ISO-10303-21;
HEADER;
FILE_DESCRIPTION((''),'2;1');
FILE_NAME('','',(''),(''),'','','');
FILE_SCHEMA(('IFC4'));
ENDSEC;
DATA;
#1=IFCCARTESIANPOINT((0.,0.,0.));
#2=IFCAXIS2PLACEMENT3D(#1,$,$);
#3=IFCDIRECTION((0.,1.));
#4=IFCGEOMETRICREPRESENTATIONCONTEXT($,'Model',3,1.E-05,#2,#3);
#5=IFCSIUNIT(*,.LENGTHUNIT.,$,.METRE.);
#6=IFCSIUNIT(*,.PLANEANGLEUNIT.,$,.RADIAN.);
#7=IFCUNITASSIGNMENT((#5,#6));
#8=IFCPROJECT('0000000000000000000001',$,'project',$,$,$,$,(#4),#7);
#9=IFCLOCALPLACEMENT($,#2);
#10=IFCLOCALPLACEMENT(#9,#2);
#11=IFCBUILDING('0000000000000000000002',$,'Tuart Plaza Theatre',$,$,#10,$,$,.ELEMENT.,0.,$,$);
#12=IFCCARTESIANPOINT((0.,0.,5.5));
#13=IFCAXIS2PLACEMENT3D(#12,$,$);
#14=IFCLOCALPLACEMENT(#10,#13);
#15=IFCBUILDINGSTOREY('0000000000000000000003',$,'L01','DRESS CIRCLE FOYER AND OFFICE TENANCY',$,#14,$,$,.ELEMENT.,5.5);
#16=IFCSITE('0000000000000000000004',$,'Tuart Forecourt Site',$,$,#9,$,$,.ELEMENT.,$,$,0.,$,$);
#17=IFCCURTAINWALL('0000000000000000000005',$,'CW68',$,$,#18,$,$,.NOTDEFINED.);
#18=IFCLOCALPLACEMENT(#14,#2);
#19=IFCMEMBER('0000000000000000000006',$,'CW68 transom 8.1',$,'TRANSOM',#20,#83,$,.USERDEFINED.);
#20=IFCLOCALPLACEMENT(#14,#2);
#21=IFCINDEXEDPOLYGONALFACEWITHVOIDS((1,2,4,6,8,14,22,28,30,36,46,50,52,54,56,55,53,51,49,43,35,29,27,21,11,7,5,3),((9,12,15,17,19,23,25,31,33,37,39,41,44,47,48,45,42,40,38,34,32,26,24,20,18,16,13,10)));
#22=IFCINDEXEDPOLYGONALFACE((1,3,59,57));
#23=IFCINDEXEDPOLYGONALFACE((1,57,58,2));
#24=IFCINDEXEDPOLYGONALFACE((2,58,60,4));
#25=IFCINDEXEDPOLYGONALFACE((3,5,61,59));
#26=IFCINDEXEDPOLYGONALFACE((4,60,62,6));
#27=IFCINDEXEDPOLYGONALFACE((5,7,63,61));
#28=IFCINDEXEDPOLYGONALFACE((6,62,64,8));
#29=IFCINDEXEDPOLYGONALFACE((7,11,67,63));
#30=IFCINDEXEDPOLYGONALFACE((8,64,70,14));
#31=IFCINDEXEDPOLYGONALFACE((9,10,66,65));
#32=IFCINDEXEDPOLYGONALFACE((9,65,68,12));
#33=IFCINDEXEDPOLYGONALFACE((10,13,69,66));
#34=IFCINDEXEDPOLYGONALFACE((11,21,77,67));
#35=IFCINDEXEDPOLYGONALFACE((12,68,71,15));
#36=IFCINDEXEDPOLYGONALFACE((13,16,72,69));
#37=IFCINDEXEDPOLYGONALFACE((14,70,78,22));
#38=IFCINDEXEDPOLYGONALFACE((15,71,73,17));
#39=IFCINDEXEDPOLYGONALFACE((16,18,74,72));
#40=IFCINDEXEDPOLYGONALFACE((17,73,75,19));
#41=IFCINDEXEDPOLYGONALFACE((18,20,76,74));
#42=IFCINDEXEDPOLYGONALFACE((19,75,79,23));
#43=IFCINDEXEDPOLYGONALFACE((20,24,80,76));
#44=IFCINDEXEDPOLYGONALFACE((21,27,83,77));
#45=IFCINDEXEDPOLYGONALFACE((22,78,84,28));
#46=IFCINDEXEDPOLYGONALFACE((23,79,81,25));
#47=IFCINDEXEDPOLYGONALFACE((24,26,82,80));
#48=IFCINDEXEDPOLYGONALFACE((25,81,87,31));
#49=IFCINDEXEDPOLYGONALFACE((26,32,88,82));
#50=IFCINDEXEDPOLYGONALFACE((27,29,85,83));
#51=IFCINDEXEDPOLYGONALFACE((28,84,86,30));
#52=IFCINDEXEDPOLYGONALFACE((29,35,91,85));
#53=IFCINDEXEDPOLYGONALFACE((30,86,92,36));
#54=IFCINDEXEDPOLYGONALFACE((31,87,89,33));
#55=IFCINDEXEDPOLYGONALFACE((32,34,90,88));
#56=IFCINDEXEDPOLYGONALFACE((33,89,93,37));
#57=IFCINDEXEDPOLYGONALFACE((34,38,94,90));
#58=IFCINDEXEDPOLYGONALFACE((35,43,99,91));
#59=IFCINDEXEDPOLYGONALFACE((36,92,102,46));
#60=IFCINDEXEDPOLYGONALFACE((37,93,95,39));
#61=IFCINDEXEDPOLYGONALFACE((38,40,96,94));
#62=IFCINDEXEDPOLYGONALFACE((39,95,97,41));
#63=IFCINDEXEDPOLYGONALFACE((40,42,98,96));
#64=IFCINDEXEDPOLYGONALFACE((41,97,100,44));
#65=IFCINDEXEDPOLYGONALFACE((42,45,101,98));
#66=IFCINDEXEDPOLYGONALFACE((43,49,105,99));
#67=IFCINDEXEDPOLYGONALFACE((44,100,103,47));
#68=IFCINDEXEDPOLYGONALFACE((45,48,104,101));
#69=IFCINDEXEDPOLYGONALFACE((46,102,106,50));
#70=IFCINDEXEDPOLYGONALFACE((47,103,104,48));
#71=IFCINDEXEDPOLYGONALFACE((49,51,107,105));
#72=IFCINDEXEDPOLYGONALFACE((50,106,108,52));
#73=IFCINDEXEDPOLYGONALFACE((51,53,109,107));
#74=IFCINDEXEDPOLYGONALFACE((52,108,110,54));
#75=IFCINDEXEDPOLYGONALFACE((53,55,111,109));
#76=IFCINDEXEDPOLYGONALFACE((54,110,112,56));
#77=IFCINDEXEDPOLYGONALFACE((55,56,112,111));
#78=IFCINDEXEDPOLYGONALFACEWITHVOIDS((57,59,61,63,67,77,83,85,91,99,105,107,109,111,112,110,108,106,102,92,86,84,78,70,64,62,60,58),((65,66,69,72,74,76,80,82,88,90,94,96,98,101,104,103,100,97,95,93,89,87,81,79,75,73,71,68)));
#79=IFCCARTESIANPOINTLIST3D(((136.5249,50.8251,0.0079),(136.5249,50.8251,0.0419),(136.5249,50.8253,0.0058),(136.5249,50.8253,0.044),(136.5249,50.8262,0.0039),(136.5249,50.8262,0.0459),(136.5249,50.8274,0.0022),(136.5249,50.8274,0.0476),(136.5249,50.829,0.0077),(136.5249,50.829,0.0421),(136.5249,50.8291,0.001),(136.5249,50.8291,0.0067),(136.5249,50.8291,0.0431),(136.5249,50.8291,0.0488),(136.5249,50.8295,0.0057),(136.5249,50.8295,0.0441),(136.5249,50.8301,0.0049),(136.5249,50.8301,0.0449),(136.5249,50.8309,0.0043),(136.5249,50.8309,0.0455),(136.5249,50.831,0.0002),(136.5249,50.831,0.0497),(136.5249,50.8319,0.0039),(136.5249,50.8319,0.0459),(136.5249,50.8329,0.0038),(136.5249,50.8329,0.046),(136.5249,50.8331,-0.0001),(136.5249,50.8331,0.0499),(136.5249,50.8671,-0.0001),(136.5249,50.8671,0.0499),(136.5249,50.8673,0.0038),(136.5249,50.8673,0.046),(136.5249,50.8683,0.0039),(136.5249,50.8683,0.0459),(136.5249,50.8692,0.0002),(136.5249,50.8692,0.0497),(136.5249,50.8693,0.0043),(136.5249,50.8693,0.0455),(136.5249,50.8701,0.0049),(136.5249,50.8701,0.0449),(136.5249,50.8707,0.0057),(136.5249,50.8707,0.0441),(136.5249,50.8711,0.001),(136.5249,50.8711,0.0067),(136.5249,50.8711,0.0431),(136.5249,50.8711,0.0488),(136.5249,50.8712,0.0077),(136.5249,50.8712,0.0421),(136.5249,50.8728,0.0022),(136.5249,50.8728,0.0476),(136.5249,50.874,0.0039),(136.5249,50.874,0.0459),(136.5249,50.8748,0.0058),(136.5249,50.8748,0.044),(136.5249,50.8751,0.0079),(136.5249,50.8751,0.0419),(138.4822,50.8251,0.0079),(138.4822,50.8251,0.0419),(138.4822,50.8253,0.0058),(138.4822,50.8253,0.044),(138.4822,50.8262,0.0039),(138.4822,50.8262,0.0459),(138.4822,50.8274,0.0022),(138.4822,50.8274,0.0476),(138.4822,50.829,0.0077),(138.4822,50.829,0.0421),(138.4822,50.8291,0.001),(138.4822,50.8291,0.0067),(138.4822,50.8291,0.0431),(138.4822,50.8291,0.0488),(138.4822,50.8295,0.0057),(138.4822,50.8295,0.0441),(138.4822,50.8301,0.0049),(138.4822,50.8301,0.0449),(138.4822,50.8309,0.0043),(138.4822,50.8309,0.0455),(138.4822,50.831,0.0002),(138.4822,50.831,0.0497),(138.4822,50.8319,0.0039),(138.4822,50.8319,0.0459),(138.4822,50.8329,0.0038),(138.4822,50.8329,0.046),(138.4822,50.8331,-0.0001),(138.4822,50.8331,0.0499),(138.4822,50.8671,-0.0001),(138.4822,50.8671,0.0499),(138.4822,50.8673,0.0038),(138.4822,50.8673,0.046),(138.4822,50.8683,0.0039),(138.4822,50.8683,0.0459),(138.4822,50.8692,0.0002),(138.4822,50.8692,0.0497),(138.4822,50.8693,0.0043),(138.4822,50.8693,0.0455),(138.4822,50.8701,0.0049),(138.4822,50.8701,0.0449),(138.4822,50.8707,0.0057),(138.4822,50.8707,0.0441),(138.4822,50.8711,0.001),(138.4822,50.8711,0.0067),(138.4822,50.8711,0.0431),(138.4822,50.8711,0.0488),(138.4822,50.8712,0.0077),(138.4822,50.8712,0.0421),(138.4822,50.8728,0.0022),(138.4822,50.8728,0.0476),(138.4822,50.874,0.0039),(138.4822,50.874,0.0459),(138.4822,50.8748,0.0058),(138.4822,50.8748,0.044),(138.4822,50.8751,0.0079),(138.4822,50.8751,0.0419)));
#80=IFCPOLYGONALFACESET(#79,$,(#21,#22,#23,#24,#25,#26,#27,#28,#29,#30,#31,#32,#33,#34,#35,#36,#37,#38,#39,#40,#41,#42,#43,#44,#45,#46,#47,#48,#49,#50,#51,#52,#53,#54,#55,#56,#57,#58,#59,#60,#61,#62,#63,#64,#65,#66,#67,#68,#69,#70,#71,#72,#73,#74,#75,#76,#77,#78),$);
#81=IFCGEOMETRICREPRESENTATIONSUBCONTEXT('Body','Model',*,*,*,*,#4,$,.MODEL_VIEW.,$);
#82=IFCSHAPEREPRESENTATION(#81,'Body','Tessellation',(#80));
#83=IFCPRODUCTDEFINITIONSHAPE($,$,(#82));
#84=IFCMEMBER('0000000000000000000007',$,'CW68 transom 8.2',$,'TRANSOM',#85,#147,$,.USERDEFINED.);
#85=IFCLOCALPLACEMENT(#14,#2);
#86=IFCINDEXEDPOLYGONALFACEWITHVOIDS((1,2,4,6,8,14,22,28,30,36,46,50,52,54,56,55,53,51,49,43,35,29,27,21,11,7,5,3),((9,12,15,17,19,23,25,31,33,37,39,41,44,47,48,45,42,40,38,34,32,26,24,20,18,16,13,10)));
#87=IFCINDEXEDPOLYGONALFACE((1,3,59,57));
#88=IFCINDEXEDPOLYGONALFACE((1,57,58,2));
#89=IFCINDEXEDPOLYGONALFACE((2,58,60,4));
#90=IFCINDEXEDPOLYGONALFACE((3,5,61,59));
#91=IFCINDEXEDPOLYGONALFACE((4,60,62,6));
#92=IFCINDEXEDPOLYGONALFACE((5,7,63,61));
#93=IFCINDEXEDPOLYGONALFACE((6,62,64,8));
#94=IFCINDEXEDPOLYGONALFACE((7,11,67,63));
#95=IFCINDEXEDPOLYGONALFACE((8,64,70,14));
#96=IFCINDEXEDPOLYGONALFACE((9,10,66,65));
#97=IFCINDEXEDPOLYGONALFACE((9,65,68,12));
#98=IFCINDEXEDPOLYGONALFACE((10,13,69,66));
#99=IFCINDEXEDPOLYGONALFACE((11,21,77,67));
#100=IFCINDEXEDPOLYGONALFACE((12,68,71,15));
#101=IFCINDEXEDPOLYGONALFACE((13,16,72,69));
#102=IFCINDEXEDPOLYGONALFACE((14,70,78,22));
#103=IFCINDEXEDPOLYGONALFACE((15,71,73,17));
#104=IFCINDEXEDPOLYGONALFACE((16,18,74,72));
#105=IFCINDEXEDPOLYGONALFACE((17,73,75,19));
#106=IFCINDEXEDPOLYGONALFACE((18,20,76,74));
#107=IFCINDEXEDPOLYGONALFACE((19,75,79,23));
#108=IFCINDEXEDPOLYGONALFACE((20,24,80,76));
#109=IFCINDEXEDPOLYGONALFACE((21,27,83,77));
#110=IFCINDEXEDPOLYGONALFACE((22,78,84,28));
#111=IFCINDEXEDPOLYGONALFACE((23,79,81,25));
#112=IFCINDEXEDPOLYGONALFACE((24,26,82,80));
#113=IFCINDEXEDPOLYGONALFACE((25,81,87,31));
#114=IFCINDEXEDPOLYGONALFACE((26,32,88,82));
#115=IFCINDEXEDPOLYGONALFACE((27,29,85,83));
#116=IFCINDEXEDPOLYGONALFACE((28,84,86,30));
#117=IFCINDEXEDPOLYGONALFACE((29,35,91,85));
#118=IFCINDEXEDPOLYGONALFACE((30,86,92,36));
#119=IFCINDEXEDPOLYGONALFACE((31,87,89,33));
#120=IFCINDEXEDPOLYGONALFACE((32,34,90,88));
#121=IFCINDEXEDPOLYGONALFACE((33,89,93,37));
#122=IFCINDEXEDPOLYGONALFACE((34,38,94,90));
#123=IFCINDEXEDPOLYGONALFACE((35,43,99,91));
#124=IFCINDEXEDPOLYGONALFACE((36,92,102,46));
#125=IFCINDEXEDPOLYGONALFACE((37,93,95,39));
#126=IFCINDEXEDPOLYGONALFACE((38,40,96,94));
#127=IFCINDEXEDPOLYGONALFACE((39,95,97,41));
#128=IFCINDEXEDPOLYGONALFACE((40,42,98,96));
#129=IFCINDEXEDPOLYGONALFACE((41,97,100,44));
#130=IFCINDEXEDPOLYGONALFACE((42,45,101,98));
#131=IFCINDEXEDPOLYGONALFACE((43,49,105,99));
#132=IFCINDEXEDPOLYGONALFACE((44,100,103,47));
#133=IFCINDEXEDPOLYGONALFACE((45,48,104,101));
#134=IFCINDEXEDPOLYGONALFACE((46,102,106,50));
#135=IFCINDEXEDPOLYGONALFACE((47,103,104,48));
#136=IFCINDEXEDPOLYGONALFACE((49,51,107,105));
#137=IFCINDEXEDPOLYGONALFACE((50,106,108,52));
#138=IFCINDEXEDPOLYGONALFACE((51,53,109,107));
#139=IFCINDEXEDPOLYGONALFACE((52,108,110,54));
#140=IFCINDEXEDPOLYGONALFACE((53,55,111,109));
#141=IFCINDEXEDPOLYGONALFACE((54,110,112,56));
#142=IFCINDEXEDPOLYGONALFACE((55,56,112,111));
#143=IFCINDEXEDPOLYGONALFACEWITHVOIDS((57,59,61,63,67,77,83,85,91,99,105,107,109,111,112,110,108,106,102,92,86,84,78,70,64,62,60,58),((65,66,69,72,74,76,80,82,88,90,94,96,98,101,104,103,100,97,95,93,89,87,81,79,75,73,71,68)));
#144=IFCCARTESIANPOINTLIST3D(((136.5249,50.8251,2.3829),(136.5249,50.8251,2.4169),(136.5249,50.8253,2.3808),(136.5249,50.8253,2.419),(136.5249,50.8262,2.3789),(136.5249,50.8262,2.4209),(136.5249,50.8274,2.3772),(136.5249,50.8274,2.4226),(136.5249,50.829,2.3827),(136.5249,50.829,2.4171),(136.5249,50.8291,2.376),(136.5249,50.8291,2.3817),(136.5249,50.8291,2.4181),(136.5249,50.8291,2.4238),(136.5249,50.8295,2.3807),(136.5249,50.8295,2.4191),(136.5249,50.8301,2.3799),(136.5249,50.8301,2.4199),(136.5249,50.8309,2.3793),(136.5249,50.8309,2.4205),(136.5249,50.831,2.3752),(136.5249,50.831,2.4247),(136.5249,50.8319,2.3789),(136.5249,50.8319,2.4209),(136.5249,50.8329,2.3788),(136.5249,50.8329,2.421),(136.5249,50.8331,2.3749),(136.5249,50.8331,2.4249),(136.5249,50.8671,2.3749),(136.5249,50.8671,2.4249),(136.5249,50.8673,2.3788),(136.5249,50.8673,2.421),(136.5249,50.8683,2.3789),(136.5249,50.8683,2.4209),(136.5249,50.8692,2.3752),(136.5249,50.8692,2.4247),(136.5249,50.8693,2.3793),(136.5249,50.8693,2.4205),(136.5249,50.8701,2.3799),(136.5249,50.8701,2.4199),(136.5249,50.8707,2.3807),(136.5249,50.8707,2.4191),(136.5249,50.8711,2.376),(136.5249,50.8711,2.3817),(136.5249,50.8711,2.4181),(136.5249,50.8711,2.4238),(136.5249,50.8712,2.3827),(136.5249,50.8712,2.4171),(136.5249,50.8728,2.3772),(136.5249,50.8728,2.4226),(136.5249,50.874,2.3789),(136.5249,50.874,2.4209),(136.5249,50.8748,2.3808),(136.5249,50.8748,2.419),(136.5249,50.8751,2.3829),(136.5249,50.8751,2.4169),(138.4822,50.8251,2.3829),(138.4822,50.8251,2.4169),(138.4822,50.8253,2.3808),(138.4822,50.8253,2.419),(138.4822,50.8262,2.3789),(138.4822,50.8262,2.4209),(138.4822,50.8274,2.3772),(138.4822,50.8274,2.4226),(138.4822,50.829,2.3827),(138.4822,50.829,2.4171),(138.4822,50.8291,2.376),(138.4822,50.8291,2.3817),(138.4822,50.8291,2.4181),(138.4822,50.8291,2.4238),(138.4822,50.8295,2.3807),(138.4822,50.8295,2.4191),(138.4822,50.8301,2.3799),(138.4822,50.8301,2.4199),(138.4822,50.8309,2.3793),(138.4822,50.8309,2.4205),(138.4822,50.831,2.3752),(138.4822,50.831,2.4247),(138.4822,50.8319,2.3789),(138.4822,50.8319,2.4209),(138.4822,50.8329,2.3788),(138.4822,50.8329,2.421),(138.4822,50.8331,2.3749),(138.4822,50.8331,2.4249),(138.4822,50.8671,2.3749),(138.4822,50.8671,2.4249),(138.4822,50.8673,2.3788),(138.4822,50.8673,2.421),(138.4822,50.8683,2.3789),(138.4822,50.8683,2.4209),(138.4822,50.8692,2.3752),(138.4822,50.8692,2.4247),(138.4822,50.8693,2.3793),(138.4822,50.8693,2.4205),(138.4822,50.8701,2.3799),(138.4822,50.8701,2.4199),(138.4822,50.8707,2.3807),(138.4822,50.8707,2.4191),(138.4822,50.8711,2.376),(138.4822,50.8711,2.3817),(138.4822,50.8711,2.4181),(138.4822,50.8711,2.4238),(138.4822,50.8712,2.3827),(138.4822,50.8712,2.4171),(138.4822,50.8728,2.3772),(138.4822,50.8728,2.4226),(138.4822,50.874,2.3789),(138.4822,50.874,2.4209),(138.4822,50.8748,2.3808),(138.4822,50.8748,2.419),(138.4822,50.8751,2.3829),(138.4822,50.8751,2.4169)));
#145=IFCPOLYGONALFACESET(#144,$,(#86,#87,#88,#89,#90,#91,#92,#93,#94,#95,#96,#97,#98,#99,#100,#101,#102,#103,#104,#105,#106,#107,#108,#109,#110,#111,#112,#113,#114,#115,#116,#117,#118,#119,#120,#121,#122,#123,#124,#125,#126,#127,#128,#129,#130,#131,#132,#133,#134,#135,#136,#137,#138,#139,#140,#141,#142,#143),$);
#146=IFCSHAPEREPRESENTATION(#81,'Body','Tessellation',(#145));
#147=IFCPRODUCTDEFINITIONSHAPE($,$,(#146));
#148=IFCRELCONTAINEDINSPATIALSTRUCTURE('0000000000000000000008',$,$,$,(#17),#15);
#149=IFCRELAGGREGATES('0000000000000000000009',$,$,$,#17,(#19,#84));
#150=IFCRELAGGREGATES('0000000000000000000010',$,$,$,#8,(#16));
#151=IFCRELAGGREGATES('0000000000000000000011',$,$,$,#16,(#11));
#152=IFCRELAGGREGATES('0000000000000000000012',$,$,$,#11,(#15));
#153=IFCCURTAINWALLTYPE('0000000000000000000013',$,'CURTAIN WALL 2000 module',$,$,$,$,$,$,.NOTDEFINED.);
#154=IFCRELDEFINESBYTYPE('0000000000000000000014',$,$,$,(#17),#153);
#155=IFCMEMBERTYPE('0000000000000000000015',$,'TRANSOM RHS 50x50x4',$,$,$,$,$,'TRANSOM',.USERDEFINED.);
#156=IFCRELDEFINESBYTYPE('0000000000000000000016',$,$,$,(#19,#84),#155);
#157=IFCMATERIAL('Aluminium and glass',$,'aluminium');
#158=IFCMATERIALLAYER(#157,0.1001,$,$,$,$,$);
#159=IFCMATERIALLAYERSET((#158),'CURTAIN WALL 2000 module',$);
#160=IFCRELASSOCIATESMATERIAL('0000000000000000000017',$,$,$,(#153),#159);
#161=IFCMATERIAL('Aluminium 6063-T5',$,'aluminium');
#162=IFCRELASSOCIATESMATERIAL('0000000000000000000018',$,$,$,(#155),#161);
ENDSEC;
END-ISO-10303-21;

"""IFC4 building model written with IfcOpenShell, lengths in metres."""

from ifc_helpers import new_model, si_unit, direction, frame, origin, origin_2d, place, context, subcontext, project, spatial, hollow_rectangle, extrude, material, layer, layer_set, material_profile, profile_set, type_object, element, aggregate, save


model = new_model("IFC4")

# Units and contexts
model_context = context("Model", 3, precision=1e-05, world=origin(), true_north=direction((0.0, 1.0)))
body_context = subcontext(model_context, "Body", "Model", "MODEL_VIEW")
ifc_project = project(units=[si_unit("LENGTHUNIT", "METRE"), si_unit("PLANEANGLEUNIT", "RADIAN")], contexts=[model_context])

# Site, building, storey
site_placement = place(None, origin())
site = spatial("IfcSite", under=ifc_project, at=site_placement, Name="Tuart Forecourt Site", CompositionType="ELEMENT", RefElevation=0.0)
building_placement = place(site_placement, origin())
building = spatial("IfcBuilding", under=site, at=building_placement, Name="Tuart Plaza Theatre", CompositionType="ELEMENT", ElevationOfRefHeight=0.0)
storey_placement = place(building_placement, frame((0.0, 0.0, 5.5)))
storey = spatial("IfcBuildingStorey", under=building, at=storey_placement, Name="L01", Description="DRESS CIRCLE FOYER AND OFFICE TENANCY", CompositionType="ELEMENT", Elevation=5.5)

# Curtain wall, members
ifc_material_1 = material(Name="Aluminium and glass", Category="aluminium")
ifc_layer_1 = layer(ifc_material_1, 0.1001)
ifc_layer_set_1 = layer_set([ifc_layer_1], Name="CURTAIN WALL 2000 module")
curtain_wall_type = type_object("IfcCurtainWallType", Name="CURTAIN WALL 2000 module", PredefinedType="NOTDEFINED", material=ifc_layer_set_1)
curtain_wall_placement = place(storey_placement, origin())
curtain_wall = element("IfcCurtainWall", 1, at=curtain_wall_placement, inside=storey, type_object=curtain_wall_type, Name="CW68", PredefinedType="NOTDEFINED")
ifc_material_2 = material(Name="Aluminium 6063-T5", Category="aluminium")
ifc_material_profile_1 = material_profile(ifc_material_2, hollow_rectangle(XDim=0.05, YDim=0.05, WallThickness=0.0039, InnerFilletRadius=0.0039, OuterFilletRadius=0.0081, at=origin_2d()), Name="RHS 50x50x4")
ifc_profile_set_1 = profile_set([ifc_material_profile_1], Name="Aluminium 6063-T5")
member_type_1 = type_object("IfcMemberType", Name="TRANSOM RHS 50x50x4", ElementType="TRANSOM", PredefinedType="USERDEFINED", material=ifc_profile_set_1)
member_1_placement = place(storey_placement, frame((136.5249, 50.8501, 0.0249), z_axis=(1.0, 0.0, 0.0), x_axis=(0.0, 1.0, 0.0)))
member_1 = element("IfcMember", 2, at=member_1_placement, type_object=member_type_1, Name="CW68 transom 8.1", ObjectType="TRANSOM", PredefinedType="USERDEFINED", context=body_context, shape_type="SweptSolid", body=[
    extrude(hollow_rectangle(XDim=0.05, YDim=0.05, WallThickness=0.0039, InnerFilletRadius=0.0039, OuterFilletRadius=0.0081, at=origin_2d()), origin(), (0.0, 0.0, 1.0), 1.9573),
])
member_2_placement = place(storey_placement, frame((136.5249, 50.8501, 2.3999), z_axis=(1.0, 0.0, 0.0), x_axis=(0.0, 1.0, 0.0)))
member_2 = element("IfcMember", 3, at=member_2_placement, type_object=member_type_1, Name="CW68 transom 8.2", ObjectType="TRANSOM", PredefinedType="USERDEFINED", context=body_context, shape_type="SweptSolid", body=[
    extrude(hollow_rectangle(XDim=0.05, YDim=0.05, WallThickness=0.0039, InnerFilletRadius=0.0039, OuterFilletRadius=0.0081, at=origin_2d()), origin(), (0.0, 0.0, 1.0), 1.9573),
])
aggregate(curtain_wall, [member_1, member_2])

save(model, "model.ifc")
